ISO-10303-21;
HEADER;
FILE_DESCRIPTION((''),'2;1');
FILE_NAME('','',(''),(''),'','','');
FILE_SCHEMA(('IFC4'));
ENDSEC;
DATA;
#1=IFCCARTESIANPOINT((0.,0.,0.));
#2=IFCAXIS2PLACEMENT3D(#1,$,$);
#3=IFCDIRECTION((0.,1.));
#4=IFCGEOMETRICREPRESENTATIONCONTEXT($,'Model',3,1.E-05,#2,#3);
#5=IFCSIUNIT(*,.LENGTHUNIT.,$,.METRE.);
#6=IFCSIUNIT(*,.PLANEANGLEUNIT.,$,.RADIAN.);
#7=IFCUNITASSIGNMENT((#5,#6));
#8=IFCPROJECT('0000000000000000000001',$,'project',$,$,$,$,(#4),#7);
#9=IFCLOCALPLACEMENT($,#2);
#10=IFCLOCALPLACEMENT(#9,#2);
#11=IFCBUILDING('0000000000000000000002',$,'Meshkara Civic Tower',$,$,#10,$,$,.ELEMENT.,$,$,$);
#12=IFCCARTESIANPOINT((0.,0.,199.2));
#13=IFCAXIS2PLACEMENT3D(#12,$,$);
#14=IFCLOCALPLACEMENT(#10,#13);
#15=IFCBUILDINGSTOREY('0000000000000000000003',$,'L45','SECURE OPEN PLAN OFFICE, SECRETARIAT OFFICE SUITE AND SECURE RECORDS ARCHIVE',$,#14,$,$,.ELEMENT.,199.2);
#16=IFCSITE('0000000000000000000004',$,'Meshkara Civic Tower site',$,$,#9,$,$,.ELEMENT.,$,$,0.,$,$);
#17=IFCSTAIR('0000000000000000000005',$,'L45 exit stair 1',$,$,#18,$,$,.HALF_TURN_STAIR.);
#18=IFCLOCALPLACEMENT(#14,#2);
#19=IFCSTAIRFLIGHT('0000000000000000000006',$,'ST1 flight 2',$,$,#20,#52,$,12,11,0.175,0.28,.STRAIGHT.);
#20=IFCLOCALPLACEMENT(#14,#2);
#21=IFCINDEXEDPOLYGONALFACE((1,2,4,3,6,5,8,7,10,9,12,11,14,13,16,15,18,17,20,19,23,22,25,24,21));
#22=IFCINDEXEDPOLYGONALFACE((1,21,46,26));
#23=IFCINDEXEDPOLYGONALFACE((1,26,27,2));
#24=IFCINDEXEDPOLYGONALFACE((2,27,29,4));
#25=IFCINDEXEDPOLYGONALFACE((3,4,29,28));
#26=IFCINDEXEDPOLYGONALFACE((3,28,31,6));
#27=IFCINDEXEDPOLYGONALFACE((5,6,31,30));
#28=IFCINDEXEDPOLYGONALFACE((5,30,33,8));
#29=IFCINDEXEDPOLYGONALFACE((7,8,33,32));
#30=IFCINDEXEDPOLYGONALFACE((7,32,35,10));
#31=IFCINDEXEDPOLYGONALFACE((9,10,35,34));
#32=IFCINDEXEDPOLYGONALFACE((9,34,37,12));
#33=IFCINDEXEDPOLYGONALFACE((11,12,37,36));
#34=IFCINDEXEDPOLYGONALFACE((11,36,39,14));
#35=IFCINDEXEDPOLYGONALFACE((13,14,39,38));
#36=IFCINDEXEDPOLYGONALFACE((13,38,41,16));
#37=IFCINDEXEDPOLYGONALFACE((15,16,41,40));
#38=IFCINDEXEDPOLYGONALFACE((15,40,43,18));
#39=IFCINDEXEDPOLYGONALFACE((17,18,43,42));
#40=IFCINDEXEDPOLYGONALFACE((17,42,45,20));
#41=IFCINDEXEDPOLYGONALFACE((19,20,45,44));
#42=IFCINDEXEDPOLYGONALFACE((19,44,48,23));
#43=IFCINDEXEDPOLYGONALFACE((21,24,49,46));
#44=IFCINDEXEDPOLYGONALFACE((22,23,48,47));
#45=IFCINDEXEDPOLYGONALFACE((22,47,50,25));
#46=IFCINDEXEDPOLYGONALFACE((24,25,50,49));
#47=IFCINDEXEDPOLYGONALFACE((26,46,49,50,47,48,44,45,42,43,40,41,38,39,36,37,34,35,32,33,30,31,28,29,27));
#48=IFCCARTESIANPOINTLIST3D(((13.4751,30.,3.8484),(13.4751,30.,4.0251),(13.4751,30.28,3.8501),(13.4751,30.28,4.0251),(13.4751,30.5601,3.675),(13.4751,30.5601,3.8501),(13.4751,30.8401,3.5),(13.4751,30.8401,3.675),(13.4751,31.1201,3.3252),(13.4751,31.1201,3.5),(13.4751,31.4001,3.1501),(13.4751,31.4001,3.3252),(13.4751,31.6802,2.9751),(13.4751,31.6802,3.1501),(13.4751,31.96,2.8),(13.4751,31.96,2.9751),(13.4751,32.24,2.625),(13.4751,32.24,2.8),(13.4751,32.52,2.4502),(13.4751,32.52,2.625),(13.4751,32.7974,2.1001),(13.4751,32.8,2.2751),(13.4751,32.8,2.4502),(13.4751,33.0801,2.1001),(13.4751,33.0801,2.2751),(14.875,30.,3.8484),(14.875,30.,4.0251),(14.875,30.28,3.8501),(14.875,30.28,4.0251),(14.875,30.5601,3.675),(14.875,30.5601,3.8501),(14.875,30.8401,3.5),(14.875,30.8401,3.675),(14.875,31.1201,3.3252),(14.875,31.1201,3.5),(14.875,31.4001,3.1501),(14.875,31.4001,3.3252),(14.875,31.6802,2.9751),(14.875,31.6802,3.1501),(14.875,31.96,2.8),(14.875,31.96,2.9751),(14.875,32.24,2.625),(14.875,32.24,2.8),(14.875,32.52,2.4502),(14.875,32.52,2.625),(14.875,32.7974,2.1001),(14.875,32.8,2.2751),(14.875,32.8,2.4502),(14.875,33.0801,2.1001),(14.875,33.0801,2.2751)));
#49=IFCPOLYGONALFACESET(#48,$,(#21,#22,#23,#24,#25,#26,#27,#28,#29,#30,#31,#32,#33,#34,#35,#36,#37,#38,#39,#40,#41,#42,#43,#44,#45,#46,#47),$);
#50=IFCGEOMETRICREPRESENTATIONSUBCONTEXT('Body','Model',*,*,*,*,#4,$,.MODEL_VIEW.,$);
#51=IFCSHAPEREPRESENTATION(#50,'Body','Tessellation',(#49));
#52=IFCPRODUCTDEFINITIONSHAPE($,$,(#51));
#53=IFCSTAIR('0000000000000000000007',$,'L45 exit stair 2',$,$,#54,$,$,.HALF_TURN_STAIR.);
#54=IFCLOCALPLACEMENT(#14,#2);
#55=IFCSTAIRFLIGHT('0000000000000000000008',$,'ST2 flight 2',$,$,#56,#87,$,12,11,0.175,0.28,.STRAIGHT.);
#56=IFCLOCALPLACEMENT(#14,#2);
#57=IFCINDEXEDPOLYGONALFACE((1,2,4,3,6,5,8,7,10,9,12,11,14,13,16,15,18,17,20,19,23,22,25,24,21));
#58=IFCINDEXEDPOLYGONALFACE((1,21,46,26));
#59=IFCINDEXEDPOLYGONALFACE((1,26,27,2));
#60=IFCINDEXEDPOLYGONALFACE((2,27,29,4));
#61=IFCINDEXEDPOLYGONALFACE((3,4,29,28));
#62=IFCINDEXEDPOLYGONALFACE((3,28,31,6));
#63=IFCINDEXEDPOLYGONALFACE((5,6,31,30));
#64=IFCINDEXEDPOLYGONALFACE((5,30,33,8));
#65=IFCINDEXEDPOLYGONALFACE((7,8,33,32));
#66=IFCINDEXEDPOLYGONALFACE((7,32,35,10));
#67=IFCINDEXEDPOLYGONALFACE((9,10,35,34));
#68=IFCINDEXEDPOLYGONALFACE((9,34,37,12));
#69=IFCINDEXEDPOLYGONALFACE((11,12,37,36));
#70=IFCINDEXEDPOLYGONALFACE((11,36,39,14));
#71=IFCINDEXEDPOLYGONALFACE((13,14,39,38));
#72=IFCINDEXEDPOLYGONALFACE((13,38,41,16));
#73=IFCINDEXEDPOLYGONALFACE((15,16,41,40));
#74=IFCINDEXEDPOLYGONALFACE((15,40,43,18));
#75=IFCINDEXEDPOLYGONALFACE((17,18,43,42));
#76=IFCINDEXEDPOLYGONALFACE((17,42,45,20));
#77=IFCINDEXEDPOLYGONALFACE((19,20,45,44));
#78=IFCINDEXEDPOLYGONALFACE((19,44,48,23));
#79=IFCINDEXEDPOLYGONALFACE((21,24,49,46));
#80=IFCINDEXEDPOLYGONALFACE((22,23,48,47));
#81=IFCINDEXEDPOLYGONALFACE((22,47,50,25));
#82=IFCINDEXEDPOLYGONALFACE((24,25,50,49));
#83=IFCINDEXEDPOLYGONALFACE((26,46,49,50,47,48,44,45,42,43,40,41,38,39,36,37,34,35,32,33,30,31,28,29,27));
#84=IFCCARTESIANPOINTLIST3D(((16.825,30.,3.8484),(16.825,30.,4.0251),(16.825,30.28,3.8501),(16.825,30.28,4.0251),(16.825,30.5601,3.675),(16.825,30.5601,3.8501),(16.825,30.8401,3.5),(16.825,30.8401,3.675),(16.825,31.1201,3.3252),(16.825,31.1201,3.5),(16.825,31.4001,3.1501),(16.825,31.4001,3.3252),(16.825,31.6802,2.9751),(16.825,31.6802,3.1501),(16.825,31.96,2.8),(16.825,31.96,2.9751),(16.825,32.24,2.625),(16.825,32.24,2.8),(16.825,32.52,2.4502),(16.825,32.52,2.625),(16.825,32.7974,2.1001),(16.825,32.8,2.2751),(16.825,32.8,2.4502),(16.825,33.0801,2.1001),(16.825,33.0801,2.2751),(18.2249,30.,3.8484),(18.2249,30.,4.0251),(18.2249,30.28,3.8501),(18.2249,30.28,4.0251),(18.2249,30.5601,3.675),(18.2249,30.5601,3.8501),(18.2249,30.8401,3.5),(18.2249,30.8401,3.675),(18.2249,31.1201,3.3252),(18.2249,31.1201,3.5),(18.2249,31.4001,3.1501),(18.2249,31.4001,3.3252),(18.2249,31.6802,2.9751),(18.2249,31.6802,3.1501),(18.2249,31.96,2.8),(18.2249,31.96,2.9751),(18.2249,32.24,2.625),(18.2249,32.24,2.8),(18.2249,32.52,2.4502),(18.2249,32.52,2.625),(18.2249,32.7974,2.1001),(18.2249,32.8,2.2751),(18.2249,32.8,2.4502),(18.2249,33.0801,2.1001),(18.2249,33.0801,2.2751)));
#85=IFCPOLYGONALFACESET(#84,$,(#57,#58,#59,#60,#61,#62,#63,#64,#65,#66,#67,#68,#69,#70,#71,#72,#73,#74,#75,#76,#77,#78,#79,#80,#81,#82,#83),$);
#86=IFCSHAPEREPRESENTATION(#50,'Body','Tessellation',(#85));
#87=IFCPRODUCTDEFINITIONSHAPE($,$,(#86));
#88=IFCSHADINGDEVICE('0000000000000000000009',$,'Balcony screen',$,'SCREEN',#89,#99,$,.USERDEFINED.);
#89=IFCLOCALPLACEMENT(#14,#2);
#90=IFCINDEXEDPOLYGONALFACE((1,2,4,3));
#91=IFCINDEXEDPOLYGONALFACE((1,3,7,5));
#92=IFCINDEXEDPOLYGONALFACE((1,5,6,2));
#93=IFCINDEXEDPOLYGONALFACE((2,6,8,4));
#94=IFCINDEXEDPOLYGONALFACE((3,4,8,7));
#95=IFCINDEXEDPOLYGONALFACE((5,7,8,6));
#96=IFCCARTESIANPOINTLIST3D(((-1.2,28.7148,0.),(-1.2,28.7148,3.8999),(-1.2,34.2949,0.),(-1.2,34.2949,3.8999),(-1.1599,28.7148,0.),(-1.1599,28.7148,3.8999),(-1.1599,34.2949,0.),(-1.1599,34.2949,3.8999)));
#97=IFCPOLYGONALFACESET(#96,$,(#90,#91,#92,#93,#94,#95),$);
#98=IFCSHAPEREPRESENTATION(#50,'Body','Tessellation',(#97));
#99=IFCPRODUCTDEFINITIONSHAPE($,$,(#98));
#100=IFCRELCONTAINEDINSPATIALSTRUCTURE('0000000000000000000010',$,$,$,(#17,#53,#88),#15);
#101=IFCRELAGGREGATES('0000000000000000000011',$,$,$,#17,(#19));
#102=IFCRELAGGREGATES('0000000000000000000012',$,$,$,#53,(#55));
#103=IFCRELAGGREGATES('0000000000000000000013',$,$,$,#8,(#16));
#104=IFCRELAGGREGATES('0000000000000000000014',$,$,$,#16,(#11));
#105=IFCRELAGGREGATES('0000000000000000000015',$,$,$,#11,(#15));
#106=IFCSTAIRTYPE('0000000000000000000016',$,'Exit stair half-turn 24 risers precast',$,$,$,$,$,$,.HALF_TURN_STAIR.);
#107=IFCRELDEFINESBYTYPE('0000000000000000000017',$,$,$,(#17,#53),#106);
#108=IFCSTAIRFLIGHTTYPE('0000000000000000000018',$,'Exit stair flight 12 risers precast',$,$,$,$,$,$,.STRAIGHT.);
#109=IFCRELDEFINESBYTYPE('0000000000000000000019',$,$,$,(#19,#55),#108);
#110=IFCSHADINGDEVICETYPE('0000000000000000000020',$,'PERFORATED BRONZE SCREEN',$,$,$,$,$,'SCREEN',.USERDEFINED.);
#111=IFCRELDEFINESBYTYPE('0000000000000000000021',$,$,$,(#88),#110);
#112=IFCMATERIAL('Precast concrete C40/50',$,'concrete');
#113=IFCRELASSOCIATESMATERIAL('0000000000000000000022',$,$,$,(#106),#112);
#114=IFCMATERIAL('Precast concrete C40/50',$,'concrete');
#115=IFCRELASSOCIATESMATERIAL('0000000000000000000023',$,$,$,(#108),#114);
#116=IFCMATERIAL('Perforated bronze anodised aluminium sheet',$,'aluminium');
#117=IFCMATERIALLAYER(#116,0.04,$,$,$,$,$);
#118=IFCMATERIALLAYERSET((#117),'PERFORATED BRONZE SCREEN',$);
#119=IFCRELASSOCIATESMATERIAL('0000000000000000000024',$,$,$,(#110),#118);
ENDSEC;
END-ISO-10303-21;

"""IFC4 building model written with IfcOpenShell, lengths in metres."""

from ifc_helpers import new_model, si_unit, direction, frame, origin, origin_2d, place, context, subcontext, project, spatial, polyline, rectangle, outline, extrude, material, layer, layer_set, type_object, element, aggregate, save


model = new_model("IFC4")

# Units and contexts
model_context = context("Model", 3, precision=1e-05, world=origin(), true_north=direction((0.0, 1.0)))
body_context = subcontext(model_context, "Body", "Model", "MODEL_VIEW")
ifc_project = project(units=[si_unit("LENGTHUNIT", "METRE"), si_unit("PLANEANGLEUNIT", "RADIAN")], contexts=[model_context])

# Site, building, storey
site_placement = place(None, origin())
site = spatial("IfcSite", under=ifc_project, at=site_placement, Name="Meshkara Civic Tower site", CompositionType="ELEMENT", RefElevation=0.0)
building_placement = place(site_placement, origin())
building = spatial("IfcBuilding", under=site, at=building_placement, Name="Meshkara Civic Tower", CompositionType="ELEMENT")
storey_placement = place(building_placement, frame((0.0, 0.0, 199.2)))
storey = spatial("IfcBuildingStorey", under=building, at=storey_placement, Name="L45", Description="SECURE OPEN PLAN OFFICE, SECRETARIAT OFFICE SUITE AND SECURE RECORDS ARCHIVE", CompositionType="ELEMENT", Elevation=199.2)

# Stair, stair flight
ifc_material_1 = material(Name="Precast concrete C40/50", Category="concrete")
stair_type = type_object("IfcStairType", Name="Exit stair half-turn 24 risers precast", PredefinedType="HALF_TURN_STAIR", material=ifc_material_1)
stair_1_placement = place(storey_placement, origin())
stair_1 = element("IfcStair", 1, at=stair_1_placement, inside=storey, type_object=stair_type, Name="L45 exit stair 1", PredefinedType="HALF_TURN_STAIR")
ifc_material_2 = material(Name="Precast concrete C40/50", Category="concrete")
stair_flight_type = type_object("IfcStairFlightType", Name="Exit stair flight 12 risers precast", PredefinedType="STRAIGHT", material=ifc_material_2)
stair_flight_1_placement = place(storey_placement, frame((14.175, 33.0801, 2.1001), z_axis=(0.0, 0.0, 1.0), x_axis=(0.0, -1.0, 0.0)))
stair_flight_1 = element("IfcStairFlight", 2, at=stair_flight_1_placement, type_object=stair_flight_type, Name="ST1 flight 2", NumberOfRisers=12, NumberOfTreads=11, PredefinedType="STRAIGHT", RiserHeight=0.175, TreadLength=0.28, context=body_context, shape_type="SweptSolid", body=[
    extrude(outline(polyline([(0.0, 0.0), (0.0, 0.175), (0.28, 0.175), (0.28, 0.3501), (0.5601, 0.3501), (0.5601, 0.5249), (0.8401, 0.5249), (0.8401, 0.7), (1.1201, 0.7), (1.1201, 0.875), (1.3999, 0.875), (1.3999, 1.05), (1.6799, 1.05), (1.6799, 1.2251), (1.96, 1.2251), (1.96, 1.3999), (2.24, 1.3999), (2.24, 1.575), (2.52, 1.575), (2.52, 1.75), (2.8, 1.75), (2.8, 1.925), (3.0801, 1.925), (3.0801, 2.1001), (3.0801, 1.7483), (0.2827, 0.0), (0.0, 0.0)])), frame((0.0, 0.7, 0.0), z_axis=(0.0, -1.0, 0.0), x_axis=(1.0, 0.0, 0.0)), (0.0, 0.0, 1.0), 1.3999),
])
aggregate(stair_1, [stair_flight_1])

# Stair, stair flight
stair_2_placement = place(storey_placement, origin())
stair_2 = element("IfcStair", 3, at=stair_2_placement, inside=storey, type_object=stair_type, Name="L45 exit stair 2", PredefinedType="HALF_TURN_STAIR")
stair_flight_2_placement = place(storey_placement, frame((17.5249, 33.0801, 2.1001), z_axis=(0.0, 0.0, 1.0), x_axis=(0.0, -1.0, 0.0)))
stair_flight_2 = element("IfcStairFlight", 4, at=stair_flight_2_placement, type_object=stair_flight_type, Name="ST2 flight 2", NumberOfRisers=12, NumberOfTreads=11, PredefinedType="STRAIGHT", RiserHeight=0.175, TreadLength=0.28, context=body_context, shape_type="SweptSolid", body=[
    extrude(outline(polyline([(0.0, 0.0), (0.0, 0.175), (0.28, 0.175), (0.28, 0.3501), (0.5601, 0.3501), (0.5601, 0.5249), (0.8401, 0.5249), (0.8401, 0.7), (1.1201, 0.7), (1.1201, 0.875), (1.3999, 0.875), (1.3999, 1.05), (1.6799, 1.05), (1.6799, 1.2251), (1.96, 1.2251), (1.96, 1.3999), (2.24, 1.3999), (2.24, 1.575), (2.52, 1.575), (2.52, 1.75), (2.8, 1.75), (2.8, 1.925), (3.0801, 1.925), (3.0801, 2.1001), (3.0801, 1.7483), (0.2827, 0.0), (0.0, 0.0)])), frame((0.0, 0.7, 0.0), z_axis=(0.0, -1.0, 0.0), x_axis=(1.0, 0.0, 0.0)), (0.0, 0.0, 1.0), 1.3999),
])
aggregate(stair_2, [stair_flight_2])

# Shading device
ifc_material_3 = material(Name="Perforated bronze anodised aluminium sheet", Category="aluminium")
ifc_layer_1 = layer(ifc_material_3, 0.04)
ifc_layer_set_1 = layer_set([ifc_layer_1], Name="PERFORATED BRONZE SCREEN")
shading_device_type = type_object("IfcShadingDeviceType", Name="PERFORATED BRONZE SCREEN", ElementType="SCREEN", PredefinedType="USERDEFINED", material=ifc_layer_set_1)
shading_device_placement = place(storey_placement, frame((-1.1799, 31.5049, 0.0), z_axis=(0.0, 0.0, 1.0), x_axis=(0.0, -1.0, 0.0)))
element("IfcShadingDevice", 5, at=shading_device_placement, inside=storey, type_object=shading_device_type, Name="Balcony screen", ObjectType="SCREEN", PredefinedType="USERDEFINED", context=body_context, shape_type="SweptSolid", body=[
    extrude(rectangle(XDim=5.5801, YDim=0.04, at=origin_2d()), origin(), (0.0, 0.0, 1.0), 3.8999),
])

save(model, "model.ifc")
